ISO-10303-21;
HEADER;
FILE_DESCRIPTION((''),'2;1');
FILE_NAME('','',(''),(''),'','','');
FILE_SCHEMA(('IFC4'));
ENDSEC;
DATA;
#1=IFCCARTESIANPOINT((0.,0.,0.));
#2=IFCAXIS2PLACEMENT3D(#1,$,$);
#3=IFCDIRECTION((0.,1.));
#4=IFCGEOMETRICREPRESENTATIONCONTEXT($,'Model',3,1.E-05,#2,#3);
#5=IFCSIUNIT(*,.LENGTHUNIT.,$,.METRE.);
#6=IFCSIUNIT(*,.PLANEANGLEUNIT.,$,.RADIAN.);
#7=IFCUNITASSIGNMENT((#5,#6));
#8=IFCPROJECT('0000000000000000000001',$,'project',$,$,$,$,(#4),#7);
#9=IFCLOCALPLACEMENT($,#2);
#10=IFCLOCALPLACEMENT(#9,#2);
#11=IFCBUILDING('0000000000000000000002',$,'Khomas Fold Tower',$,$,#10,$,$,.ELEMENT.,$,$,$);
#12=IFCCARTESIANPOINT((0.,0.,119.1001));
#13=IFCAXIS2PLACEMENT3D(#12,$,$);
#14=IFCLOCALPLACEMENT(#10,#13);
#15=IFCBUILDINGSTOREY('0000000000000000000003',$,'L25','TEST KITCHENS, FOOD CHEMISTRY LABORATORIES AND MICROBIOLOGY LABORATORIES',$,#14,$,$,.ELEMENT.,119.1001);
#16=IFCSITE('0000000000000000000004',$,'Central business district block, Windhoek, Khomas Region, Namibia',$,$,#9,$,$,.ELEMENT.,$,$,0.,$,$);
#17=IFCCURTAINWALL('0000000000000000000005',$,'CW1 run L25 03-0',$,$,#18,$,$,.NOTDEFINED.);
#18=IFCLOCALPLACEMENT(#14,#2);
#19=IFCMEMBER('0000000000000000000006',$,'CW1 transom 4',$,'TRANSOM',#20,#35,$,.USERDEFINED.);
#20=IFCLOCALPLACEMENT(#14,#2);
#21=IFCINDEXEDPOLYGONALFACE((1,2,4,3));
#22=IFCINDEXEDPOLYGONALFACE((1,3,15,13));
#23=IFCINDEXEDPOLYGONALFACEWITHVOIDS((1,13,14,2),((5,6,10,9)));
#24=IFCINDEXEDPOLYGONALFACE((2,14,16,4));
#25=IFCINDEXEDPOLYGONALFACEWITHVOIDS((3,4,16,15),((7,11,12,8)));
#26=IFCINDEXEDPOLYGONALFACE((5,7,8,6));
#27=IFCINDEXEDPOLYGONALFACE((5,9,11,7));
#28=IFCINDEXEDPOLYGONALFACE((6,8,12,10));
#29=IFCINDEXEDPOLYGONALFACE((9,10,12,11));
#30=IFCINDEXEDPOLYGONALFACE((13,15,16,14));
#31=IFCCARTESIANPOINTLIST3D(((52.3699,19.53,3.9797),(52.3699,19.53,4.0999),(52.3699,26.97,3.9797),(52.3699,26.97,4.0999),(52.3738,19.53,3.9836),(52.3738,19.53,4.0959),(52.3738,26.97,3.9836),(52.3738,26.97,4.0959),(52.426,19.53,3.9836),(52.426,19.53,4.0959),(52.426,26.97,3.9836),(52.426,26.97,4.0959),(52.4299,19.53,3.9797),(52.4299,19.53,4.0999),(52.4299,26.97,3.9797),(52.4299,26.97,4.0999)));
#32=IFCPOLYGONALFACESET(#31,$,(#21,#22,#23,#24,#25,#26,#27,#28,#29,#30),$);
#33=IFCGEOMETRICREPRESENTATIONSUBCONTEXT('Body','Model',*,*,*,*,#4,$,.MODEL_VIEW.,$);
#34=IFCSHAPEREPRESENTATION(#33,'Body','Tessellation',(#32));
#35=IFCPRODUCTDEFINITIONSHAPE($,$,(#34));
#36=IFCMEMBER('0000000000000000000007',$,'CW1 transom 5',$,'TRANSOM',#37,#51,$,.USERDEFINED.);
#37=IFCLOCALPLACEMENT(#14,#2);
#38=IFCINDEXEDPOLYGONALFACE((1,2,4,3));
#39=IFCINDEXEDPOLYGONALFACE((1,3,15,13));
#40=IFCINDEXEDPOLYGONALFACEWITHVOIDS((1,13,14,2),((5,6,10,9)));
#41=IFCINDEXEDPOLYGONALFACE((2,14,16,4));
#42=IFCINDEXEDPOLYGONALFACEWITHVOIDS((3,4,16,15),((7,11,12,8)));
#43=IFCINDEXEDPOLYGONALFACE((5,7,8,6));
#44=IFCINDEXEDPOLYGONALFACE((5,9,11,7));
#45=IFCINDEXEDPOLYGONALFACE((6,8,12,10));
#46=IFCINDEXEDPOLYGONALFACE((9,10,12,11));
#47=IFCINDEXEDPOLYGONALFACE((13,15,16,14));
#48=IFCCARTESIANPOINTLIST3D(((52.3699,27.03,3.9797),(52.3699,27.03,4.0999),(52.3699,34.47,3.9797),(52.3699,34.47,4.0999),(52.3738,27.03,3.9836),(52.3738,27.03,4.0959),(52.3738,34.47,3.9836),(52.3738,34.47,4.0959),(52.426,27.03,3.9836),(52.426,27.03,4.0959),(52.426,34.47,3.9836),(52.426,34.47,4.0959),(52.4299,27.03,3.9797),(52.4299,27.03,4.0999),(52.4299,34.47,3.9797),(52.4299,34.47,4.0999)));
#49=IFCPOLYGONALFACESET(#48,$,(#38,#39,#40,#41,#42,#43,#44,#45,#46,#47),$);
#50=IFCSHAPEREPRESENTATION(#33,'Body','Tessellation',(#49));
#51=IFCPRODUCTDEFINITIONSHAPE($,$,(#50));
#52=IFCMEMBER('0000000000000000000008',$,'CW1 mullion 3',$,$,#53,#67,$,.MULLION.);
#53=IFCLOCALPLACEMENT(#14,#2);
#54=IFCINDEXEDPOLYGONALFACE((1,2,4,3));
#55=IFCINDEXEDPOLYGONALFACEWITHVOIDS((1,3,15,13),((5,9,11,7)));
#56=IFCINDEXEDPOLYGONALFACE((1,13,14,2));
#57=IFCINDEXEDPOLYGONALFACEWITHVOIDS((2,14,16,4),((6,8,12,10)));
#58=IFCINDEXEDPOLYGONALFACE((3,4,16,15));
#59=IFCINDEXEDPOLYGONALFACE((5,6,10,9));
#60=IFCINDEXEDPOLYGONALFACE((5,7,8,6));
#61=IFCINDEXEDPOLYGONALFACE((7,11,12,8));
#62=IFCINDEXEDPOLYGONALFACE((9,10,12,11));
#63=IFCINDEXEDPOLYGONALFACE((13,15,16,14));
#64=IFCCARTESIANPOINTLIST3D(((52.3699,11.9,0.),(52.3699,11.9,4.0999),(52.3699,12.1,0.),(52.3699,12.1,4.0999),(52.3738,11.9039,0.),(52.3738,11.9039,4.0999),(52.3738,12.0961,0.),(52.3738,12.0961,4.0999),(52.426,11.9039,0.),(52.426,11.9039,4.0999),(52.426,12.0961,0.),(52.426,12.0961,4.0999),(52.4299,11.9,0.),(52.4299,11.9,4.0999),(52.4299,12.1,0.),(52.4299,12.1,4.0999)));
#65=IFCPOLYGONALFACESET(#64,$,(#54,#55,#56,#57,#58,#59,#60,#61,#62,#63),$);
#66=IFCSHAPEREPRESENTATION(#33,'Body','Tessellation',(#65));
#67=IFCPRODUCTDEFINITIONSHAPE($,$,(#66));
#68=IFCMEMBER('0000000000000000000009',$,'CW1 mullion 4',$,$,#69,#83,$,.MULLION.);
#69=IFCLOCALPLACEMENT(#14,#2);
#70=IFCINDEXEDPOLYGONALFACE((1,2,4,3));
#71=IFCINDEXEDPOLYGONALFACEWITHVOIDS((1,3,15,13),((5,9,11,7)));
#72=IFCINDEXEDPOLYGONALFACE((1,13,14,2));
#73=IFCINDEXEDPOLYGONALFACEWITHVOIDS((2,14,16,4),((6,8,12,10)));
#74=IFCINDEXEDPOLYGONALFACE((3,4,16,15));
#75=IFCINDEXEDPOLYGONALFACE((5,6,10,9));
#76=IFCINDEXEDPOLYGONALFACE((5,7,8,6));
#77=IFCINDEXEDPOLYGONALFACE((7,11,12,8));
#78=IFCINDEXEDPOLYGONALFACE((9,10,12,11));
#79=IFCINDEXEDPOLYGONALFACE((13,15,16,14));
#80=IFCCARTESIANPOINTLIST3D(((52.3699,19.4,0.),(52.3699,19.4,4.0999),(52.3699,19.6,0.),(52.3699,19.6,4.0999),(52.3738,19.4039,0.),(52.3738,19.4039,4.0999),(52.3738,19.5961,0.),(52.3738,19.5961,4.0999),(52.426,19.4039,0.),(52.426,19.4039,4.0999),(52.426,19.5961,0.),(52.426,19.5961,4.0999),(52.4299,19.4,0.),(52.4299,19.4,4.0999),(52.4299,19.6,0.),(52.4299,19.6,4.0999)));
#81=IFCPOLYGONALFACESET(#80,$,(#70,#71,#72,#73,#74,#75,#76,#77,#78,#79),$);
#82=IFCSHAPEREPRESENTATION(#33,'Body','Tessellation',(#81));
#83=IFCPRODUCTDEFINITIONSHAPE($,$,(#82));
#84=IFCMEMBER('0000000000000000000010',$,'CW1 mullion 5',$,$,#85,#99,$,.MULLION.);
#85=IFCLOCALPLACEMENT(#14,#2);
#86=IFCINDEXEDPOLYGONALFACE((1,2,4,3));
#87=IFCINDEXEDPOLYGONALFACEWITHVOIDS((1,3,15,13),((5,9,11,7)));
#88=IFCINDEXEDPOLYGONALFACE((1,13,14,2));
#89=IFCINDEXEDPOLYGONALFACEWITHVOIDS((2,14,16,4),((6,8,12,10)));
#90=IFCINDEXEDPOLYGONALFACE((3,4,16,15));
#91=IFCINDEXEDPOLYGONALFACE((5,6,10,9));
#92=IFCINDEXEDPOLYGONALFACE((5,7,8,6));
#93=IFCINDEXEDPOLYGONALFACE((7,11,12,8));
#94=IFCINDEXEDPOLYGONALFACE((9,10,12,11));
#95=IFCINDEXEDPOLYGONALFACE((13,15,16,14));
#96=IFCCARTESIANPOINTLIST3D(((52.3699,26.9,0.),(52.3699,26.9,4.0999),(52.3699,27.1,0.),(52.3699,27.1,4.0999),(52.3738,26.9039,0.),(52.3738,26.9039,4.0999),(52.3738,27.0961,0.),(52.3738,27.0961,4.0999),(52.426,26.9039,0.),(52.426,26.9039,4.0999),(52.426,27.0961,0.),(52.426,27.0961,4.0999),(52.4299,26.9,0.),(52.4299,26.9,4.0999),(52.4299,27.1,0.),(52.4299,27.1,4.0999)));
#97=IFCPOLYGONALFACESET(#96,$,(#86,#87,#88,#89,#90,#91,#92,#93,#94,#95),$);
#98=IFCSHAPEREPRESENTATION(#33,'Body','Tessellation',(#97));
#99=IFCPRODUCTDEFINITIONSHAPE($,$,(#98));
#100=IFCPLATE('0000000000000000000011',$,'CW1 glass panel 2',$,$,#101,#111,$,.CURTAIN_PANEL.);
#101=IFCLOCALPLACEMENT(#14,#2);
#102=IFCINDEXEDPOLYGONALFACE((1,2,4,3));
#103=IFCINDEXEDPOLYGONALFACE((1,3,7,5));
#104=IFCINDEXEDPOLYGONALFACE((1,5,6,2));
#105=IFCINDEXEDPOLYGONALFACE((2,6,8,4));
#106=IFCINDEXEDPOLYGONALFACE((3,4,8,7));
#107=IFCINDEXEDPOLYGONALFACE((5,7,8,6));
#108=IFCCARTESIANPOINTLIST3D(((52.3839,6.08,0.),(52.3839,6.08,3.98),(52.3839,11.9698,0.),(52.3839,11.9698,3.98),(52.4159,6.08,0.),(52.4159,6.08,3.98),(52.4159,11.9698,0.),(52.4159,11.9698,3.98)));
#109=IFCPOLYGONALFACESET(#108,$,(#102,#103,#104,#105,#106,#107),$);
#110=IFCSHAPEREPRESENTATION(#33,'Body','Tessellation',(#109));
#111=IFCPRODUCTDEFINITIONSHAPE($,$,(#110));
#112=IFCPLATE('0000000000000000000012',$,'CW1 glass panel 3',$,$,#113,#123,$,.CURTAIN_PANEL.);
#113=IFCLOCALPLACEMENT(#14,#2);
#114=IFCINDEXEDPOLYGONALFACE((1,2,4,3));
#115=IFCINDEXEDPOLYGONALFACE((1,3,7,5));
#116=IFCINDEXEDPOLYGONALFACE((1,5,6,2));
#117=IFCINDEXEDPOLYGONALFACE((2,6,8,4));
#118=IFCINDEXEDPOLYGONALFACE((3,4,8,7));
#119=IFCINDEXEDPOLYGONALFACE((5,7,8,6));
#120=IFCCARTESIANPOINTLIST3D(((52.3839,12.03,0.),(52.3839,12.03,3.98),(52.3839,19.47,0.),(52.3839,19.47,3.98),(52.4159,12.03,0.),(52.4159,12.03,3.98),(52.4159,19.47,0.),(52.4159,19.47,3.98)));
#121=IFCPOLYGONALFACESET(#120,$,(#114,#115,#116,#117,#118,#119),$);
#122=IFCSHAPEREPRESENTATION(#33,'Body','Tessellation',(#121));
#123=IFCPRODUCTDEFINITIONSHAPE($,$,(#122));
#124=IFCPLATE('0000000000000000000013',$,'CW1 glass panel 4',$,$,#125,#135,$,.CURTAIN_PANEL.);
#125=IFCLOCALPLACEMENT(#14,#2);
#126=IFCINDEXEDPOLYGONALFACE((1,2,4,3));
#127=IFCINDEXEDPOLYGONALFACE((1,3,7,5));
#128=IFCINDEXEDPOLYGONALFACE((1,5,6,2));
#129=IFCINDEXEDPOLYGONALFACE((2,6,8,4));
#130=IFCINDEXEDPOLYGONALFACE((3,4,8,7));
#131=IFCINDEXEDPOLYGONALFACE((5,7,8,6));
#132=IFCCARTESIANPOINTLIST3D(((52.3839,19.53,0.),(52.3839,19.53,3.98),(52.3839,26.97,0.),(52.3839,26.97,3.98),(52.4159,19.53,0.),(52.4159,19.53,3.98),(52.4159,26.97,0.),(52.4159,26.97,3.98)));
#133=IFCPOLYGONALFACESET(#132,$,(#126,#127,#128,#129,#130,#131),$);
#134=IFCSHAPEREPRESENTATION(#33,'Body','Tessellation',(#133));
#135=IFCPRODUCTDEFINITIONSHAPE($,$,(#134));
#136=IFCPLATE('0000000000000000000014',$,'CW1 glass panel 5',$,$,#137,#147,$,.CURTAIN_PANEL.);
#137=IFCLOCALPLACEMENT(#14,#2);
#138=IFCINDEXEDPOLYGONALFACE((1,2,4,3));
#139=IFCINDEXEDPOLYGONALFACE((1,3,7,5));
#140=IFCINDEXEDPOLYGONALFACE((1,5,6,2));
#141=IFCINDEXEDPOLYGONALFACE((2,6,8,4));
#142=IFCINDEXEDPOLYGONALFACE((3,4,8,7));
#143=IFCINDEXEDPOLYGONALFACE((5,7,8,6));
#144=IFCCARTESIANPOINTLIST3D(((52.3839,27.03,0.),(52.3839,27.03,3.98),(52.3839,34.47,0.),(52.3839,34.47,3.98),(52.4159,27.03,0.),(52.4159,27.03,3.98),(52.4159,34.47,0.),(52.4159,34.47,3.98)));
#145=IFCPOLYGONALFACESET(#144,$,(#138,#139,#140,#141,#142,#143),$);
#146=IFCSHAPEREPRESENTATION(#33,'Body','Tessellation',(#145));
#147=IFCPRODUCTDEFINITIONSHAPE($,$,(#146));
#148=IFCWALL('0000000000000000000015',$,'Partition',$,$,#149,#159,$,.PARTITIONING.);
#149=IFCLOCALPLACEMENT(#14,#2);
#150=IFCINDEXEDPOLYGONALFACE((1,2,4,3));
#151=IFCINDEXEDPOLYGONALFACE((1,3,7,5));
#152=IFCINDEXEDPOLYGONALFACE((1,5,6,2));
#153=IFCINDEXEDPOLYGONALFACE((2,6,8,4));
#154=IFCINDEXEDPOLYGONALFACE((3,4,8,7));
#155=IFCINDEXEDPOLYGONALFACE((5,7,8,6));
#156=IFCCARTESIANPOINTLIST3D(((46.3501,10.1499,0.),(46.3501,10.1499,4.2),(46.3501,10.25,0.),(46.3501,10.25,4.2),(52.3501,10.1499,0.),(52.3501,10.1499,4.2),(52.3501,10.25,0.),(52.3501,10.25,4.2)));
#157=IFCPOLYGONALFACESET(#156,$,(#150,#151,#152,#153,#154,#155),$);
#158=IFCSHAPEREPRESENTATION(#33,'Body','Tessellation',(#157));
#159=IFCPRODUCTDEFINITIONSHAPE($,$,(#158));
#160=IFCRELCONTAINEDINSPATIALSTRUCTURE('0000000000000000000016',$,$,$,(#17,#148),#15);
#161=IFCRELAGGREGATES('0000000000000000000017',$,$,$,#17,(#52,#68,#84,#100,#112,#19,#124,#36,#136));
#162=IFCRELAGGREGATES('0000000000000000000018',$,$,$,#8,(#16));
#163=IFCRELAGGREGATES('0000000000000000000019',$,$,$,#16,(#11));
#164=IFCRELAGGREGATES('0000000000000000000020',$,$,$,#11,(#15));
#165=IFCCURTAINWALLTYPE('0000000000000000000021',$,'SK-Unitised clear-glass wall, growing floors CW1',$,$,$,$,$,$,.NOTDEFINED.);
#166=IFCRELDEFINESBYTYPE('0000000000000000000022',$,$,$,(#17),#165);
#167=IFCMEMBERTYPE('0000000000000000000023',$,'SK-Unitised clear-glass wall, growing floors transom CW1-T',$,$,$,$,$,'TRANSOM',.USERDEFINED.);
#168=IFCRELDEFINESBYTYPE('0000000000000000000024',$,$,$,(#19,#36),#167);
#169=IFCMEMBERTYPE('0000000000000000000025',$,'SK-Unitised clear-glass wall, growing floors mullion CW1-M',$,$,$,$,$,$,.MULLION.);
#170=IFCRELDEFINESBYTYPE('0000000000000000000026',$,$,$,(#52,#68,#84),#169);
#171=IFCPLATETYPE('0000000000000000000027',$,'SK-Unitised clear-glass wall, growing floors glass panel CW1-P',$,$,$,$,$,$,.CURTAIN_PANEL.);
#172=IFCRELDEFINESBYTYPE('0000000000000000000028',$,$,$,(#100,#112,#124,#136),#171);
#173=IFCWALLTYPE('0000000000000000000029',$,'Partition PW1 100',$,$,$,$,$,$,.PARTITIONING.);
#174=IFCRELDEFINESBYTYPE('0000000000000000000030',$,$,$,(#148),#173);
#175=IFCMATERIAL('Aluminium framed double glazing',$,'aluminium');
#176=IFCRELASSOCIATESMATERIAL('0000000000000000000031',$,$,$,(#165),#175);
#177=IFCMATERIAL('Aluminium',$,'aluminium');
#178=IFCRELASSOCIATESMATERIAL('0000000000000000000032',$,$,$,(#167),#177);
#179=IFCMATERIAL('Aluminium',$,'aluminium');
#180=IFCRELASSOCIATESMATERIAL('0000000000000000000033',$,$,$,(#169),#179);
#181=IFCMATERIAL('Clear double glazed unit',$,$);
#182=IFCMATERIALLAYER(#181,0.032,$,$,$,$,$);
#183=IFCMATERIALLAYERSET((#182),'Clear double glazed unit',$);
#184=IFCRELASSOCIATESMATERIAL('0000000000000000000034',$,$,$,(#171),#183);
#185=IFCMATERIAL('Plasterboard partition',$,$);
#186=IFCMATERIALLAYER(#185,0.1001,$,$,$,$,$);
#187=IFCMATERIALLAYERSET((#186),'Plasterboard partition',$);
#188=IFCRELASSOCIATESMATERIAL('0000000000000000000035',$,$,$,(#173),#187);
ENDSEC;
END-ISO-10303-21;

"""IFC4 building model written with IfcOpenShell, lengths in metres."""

from ifc_helpers import new_model, si_unit, direction, frame, frame_2d, origin, origin_2d, place, context, subcontext, project, spatial, rectangle, hollow_rectangle, extrude, source, transform, mapped, material, layer, layer_set, material_profile, profile_set, type_object, element, aggregate, save


model = new_model("IFC4")

# Units and contexts
model_context = context("Model", 3, precision=1e-05, world=origin(), true_north=direction((0.0, 1.0)))
body_context = subcontext(model_context, "Body", "Model", "MODEL_VIEW")
ifc_project = project(units=[si_unit("LENGTHUNIT", "METRE"), si_unit("PLANEANGLEUNIT", "RADIAN")], contexts=[model_context])

# Site, building, storey
site_placement = place(None, origin())
site = spatial("IfcSite", under=ifc_project, at=site_placement, Name="Central business district block, Windhoek, Khomas Region, Namibia", CompositionType="ELEMENT", RefElevation=0.0)
building_placement = place(site_placement, origin())
building = spatial("IfcBuilding", under=site, at=building_placement, Name="Khomas Fold Tower", CompositionType="ELEMENT")
storey_placement = place(building_placement, frame((0.0, 0.0, 119.1001)))
storey = spatial("IfcBuildingStorey", under=building, at=storey_placement, Name="L25", Description="TEST KITCHENS, FOOD CHEMISTRY LABORATORIES AND MICROBIOLOGY LABORATORIES", CompositionType="ELEMENT", Elevation=119.1001)

# Curtain wall, members, plates
ifc_material_1 = material(Name="Aluminium framed double glazing", Category="aluminium")
curtain_wall_type = type_object("IfcCurtainWallType", Name="SK-Unitised clear-glass wall, growing floors CW1", PredefinedType="NOTDEFINED", material=ifc_material_1)
curtain_wall_placement = place(storey_placement, origin())
curtain_wall = element("IfcCurtainWall", 1, at=curtain_wall_placement, inside=storey, type_object=curtain_wall_type, Name="CW1 run L25 03-0", PredefinedType="NOTDEFINED")
ifc_material_2 = material(Name="Aluminium", Category="aluminium")
ifc_material_profile_1 = material_profile(ifc_material_2, hollow_rectangle(XDim=0.0601, YDim=0.1201, WallThickness=0.0039, at=origin_2d()), Name="SK-Unitised clear-glass wall, growing floors transom CW1-T")
ifc_profile_set_1 = profile_set([ifc_material_profile_1], Name="Aluminium")
member_type_1 = type_object("IfcMemberType", Name="SK-Unitised clear-glass wall, growing floors transom CW1-T", ElementType="TRANSOM", PredefinedType="USERDEFINED", material=ifc_profile_set_1)
shared_shape_1 = source(origin(), body_context, "Body", "SweptSolid", [
    extrude(hollow_rectangle(XDim=0.0601, YDim=0.1201, WallThickness=0.0039, at=origin_2d()), origin(), (0.0, 0.0, 1.0), 7.4399),
])
member_1_placement = place(storey_placement, frame((52.3999, 19.53, 4.0398), z_axis=(0.0, 1.0, 0.0), x_axis=(-1.0, 0.0, 0.0)))
member_1 = element("IfcMember", 2, at=member_1_placement, type_object=member_type_1, Name="CW1 transom 4", ObjectType="TRANSOM", PredefinedType="USERDEFINED", context=body_context, shape_type="MappedRepresentation", body=[
    mapped(shared_shape_1, transform((0.0, 0.0, 0.0))),
])
member_2_placement = place(storey_placement, frame((52.3999, 27.03, 4.0398), z_axis=(0.0, 1.0, 0.0), x_axis=(-1.0, 0.0, 0.0)))
member_2 = element("IfcMember", 3, at=member_2_placement, type_object=member_type_1, Name="CW1 transom 5", ObjectType="TRANSOM", PredefinedType="USERDEFINED", context=body_context, shape_type="MappedRepresentation", body=[
    mapped(shared_shape_1, transform((0.0, 0.0, 0.0))),
])
ifc_material_3 = material(Name="Aluminium", Category="aluminium")
ifc_material_profile_2 = material_profile(ifc_material_3, hollow_rectangle(XDim=0.0601, YDim=0.2, WallThickness=0.0039, at=origin_2d()), Name="SK-Unitised clear-glass wall, growing floors mullion CW1-M")
ifc_profile_set_2 = profile_set([ifc_material_profile_2], Name="Aluminium")
member_type_2 = type_object("IfcMemberType", Name="SK-Unitised clear-glass wall, growing floors mullion CW1-M", PredefinedType="MULLION", material=ifc_profile_set_2)
shared_shape_2 = source(origin(), body_context, "Body", "SweptSolid", [
    extrude(hollow_rectangle(XDim=0.0601, YDim=0.2, WallThickness=0.0039, at=origin_2d()), origin(), (0.0, 0.0, 1.0), 4.0999),
])
member_3_placement = place(storey_placement, frame((52.3999, 12.0, 0.0), z_axis=(0.0, 0.0, 1.0), x_axis=(-1.0, 0.0, 0.0)))
member_3 = element("IfcMember", 4, at=member_3_placement, type_object=member_type_2, Name="CW1 mullion 3", PredefinedType="MULLION", context=body_context, shape_type="MappedRepresentation", body=[
    mapped(shared_shape_2, transform((0.0, 0.0, 0.0))),
])
member_4_placement = place(storey_placement, frame((52.3999, 19.5, 0.0), z_axis=(0.0, 0.0, 1.0), x_axis=(-1.0, 0.0, 0.0)))
member_4 = element("IfcMember", 5, at=member_4_placement, type_object=member_type_2, Name="CW1 mullion 4", PredefinedType="MULLION", context=body_context, shape_type="MappedRepresentation", body=[
    mapped(shared_shape_2, transform((0.0, 0.0, 0.0))),
])
member_5_placement = place(storey_placement, frame((52.3999, 27.0, 0.0), z_axis=(0.0, 0.0, 1.0), x_axis=(-1.0, 0.0, 0.0)))
member_5 = element("IfcMember", 6, at=member_5_placement, type_object=member_type_2, Name="CW1 mullion 5", PredefinedType="MULLION", context=body_context, shape_type="MappedRepresentation", body=[
    mapped(shared_shape_2, transform((0.0, 0.0, 0.0))),
])
ifc_material_4 = material(Name="Clear double glazed unit")
ifc_layer_1 = layer(ifc_material_4, 0.032)
ifc_layer_set_1 = layer_set([ifc_layer_1], Name="Clear double glazed unit")
plate_type = type_object("IfcPlateType", Name="SK-Unitised clear-glass wall, growing floors glass panel CW1-P", PredefinedType="CURTAIN_PANEL", material=ifc_layer_set_1)
shared_shape_3 = source(origin(), body_context, "Body", "SweptSolid", [
    extrude(rectangle(XDim=5.8899, YDim=0.032, at=origin_2d()), origin(), (0.0, 0.0, 1.0), 3.98),
])
plate_1_placement = place(storey_placement, frame((52.3999, 9.0249, 0.0), z_axis=(0.0, 0.0, 1.0), x_axis=(0.0, 1.0, 0.0)))
plate_1 = element("IfcPlate", 7, at=plate_1_placement, type_object=plate_type, Name="CW1 glass panel 2", PredefinedType="CURTAIN_PANEL", context=body_context, shape_type="MappedRepresentation", body=[
    mapped(shared_shape_3, transform((0.0, 0.0, 0.0))),
])
shared_shape_4 = source(origin(), body_context, "Body", "SweptSolid", [
    extrude(rectangle(XDim=7.4399, YDim=0.032, at=origin_2d()), origin(), (0.0, 0.0, 1.0), 3.98),
])
plate_2_placement = place(storey_placement, frame((52.3999, 15.75, 0.0), z_axis=(0.0, 0.0, 1.0), x_axis=(0.0, 1.0, 0.0)))
plate_2 = element("IfcPlate", 8, at=plate_2_placement, type_object=plate_type, Name="CW1 glass panel 3", PredefinedType="CURTAIN_PANEL", context=body_context, shape_type="MappedRepresentation", body=[
    mapped(shared_shape_4, transform((0.0, 0.0, 0.0))),
])
plate_3_placement = place(storey_placement, frame((52.3999, 23.25, 0.0), z_axis=(0.0, 0.0, 1.0), x_axis=(0.0, 1.0, 0.0)))
plate_3 = element("IfcPlate", 9, at=plate_3_placement, type_object=plate_type, Name="CW1 glass panel 4", PredefinedType="CURTAIN_PANEL", context=body_context, shape_type="MappedRepresentation", body=[
    mapped(shared_shape_4, transform((0.0, 0.0, 0.0))),
])
plate_4_placement = place(storey_placement, frame((52.3999, 30.75, 0.0), z_axis=(0.0, 0.0, 1.0), x_axis=(0.0, 1.0, 0.0)))
plate_4 = element("IfcPlate", 10, at=plate_4_placement, type_object=plate_type, Name="CW1 glass panel 5", PredefinedType="CURTAIN_PANEL", context=body_context, shape_type="MappedRepresentation", body=[
    mapped(shared_shape_4, transform((0.0, 0.0, 0.0))),
])
aggregate(curtain_wall, [member_3, member_4, member_5, plate_1, plate_2, member_1, plate_3, member_2, plate_4])

# Wall
ifc_material_5 = material(Name="Plasterboard partition")
ifc_layer_2 = layer(ifc_material_5, 0.1001)
ifc_layer_set_2 = layer_set([ifc_layer_2], Name="Plasterboard partition")
wall_type_1 = type_object("IfcWallType", Name="Partition PW1 100", PredefinedType="PARTITIONING", material=ifc_layer_set_2)
shared_shape_5 = source(origin(), body_context, "Body", "SweptSolid", [
    extrude(rectangle(XDim=6.0, YDim=0.1001, at=frame_2d((3.0, 0.0))), origin(), (0.0, 0.0, 1.0), 4.2),
])
wall_1_placement = place(storey_placement, frame((46.3501, 10.2, 0.0), z_axis=(0.0, 0.0, 1.0), x_axis=(1.0, 0.0, 0.0)))
element("IfcWall", 11, at=wall_1_placement, inside=storey, type_object=wall_type_1, Name="Partition", PredefinedType="PARTITIONING", context=body_context, shape_type="MappedRepresentation", body=[
    mapped(shared_shape_5, transform((0.0, 0.0, 0.0))),
])

save(model, "model.ifc")
